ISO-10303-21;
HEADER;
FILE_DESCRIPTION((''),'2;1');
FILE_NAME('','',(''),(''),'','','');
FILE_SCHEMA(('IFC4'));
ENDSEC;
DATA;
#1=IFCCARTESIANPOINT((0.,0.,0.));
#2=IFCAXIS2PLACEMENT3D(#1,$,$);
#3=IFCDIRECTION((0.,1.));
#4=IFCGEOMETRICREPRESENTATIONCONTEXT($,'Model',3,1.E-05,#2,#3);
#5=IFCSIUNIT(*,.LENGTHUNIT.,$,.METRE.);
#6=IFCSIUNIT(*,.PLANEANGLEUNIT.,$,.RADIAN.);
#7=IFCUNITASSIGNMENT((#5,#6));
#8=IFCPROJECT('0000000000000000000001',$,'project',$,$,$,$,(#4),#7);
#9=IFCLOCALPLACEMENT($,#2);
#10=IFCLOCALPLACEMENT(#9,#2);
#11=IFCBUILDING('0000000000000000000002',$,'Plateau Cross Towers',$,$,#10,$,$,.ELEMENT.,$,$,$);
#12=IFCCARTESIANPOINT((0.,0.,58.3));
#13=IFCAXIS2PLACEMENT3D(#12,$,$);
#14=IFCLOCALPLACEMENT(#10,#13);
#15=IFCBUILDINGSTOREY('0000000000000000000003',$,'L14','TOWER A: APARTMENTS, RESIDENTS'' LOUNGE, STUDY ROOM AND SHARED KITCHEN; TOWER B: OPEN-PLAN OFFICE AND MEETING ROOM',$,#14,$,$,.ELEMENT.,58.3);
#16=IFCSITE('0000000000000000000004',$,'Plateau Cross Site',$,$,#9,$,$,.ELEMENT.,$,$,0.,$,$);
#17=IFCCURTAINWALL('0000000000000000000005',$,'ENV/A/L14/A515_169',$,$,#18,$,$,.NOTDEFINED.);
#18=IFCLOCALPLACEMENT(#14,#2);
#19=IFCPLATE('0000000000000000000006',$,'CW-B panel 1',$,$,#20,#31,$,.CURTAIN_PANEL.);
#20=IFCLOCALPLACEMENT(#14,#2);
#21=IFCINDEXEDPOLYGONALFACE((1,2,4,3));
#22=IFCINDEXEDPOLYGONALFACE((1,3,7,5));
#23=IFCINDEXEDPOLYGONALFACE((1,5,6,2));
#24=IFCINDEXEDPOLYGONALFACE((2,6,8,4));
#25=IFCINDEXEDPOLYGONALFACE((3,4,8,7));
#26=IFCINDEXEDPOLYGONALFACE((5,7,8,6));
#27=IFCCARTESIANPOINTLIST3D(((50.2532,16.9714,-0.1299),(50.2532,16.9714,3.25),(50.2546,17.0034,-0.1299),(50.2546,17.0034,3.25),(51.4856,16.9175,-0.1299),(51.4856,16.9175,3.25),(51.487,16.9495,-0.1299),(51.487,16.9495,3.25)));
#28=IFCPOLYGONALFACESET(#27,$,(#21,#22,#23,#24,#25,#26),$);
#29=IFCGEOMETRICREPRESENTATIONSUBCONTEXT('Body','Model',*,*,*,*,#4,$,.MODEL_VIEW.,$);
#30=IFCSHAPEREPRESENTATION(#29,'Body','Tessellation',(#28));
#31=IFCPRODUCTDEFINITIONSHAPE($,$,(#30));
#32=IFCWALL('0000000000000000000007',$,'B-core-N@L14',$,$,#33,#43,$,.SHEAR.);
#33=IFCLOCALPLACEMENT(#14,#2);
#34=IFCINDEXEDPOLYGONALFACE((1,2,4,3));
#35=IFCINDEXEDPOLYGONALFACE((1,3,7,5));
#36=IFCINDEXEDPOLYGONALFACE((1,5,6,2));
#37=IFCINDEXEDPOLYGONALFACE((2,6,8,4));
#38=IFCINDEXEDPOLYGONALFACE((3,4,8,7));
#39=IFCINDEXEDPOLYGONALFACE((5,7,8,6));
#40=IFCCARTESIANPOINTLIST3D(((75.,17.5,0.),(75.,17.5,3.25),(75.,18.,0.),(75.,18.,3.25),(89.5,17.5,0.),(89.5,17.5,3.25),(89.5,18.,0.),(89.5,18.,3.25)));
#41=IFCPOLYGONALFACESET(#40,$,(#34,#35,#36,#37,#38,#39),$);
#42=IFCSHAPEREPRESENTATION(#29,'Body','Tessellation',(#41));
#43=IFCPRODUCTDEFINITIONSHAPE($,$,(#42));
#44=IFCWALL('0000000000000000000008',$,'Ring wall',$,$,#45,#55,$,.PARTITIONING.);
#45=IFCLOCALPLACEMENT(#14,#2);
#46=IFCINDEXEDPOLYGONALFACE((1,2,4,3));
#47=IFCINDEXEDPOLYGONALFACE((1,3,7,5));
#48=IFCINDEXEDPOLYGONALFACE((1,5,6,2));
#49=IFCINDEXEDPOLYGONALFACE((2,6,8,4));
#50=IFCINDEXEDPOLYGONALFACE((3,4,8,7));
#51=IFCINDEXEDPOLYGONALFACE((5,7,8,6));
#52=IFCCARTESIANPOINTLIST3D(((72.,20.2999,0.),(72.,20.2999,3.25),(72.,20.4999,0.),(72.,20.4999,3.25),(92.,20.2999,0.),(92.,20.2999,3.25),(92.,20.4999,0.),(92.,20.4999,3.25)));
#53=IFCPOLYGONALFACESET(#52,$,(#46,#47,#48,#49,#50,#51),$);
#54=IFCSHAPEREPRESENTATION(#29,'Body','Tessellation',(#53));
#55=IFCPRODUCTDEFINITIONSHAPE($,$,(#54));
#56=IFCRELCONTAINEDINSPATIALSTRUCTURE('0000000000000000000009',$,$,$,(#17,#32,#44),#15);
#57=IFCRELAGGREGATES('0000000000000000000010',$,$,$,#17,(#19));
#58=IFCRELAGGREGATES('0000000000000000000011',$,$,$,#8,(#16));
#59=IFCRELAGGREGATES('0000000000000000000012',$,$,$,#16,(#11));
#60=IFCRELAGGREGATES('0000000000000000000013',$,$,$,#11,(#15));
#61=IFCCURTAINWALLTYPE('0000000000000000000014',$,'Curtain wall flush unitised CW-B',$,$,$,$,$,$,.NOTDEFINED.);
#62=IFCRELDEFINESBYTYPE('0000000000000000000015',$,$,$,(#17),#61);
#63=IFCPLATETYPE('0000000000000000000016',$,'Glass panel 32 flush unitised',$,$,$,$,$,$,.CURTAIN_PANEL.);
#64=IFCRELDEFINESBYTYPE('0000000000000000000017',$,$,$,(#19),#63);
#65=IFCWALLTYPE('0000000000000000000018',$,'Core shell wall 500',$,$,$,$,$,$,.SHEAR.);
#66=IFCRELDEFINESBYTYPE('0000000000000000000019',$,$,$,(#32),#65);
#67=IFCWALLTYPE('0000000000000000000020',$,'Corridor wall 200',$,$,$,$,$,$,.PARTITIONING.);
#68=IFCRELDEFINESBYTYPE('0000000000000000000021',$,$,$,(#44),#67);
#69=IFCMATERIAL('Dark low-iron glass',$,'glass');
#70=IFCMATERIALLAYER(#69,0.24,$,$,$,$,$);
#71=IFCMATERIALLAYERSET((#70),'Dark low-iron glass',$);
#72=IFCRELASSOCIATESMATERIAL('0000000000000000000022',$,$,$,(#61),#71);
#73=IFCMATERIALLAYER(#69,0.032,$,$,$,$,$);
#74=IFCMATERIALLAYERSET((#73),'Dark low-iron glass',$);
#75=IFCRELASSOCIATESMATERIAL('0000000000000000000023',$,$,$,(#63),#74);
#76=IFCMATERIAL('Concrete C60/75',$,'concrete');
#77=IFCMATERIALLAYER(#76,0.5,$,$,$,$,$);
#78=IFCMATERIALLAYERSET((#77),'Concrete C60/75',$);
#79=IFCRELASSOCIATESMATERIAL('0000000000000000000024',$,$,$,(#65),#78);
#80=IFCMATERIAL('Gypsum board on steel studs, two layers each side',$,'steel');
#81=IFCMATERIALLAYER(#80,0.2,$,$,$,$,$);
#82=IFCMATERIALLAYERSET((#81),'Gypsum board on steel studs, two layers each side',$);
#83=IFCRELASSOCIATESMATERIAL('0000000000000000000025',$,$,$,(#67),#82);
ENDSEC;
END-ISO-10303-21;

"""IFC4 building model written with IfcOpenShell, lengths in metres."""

from ifc_helpers import new_model, si_unit, direction, frame, frame_2d, origin, origin_2d, place, context, subcontext, project, spatial, rectangle, extrude, material, layer, layer_set, type_object, element, aggregate, save


model = new_model("IFC4")

# Units and contexts
model_context = context("Model", 3, precision=1e-05, world=origin(), true_north=direction((0.0, 1.0)))
body_context = subcontext(model_context, "Body", "Model", "MODEL_VIEW")
ifc_project = project(units=[si_unit("LENGTHUNIT", "METRE"), si_unit("PLANEANGLEUNIT", "RADIAN")], contexts=[model_context])

# Site, building, storey
site_placement = place(None, origin())
site = spatial("IfcSite", under=ifc_project, at=site_placement, Name="Plateau Cross Site", CompositionType="ELEMENT", RefElevation=0.0)
building_placement = place(site_placement, origin())
building = spatial("IfcBuilding", under=site, at=building_placement, Name="Plateau Cross Towers", CompositionType="ELEMENT")
storey_placement = place(building_placement, frame((0.0, 0.0, 58.3)))
storey = spatial("IfcBuildingStorey", under=building, at=storey_placement, Name="L14", Description="TOWER A: APARTMENTS, RESIDENTS' LOUNGE, STUDY ROOM AND SHARED KITCHEN; TOWER B: OPEN-PLAN OFFICE AND MEETING ROOM", CompositionType="ELEMENT", Elevation=58.3)

# Shared definitions
ifc_material_1 = material(Name="Concrete C60/75", Category="concrete")

# Shared definitions
ifc_material_2 = material(Name="Dark low-iron glass", Category="glass")
ifc_layer_1 = layer(ifc_material_2, 0.24)
ifc_layer_set_1 = layer_set([ifc_layer_1], Name="Dark low-iron glass")
curtain_wall_type_1 = type_object("IfcCurtainWallType", Name="Curtain wall flush unitised CW-B", PredefinedType="NOTDEFINED", material=ifc_layer_set_1)

# Curtain wall
curtain_wall_1_placement = place(storey_placement, origin())
curtain_wall_1 = element("IfcCurtainWall", 1, at=curtain_wall_1_placement, inside=storey, type_object=curtain_wall_type_1, Name="ENV/A/L14/A515_169", PredefinedType="NOTDEFINED")

# Shared definitions
ifc_layer_2 = layer(ifc_material_2, 0.032)
ifc_layer_set_2 = layer_set([ifc_layer_2], Name="Dark low-iron glass")
plate_type_1 = type_object("IfcPlateType", Name="Glass panel 32 flush unitised", PredefinedType="CURTAIN_PANEL", material=ifc_layer_set_2)

# Plate
plate_1_placement = place(storey_placement, frame((50.8701, 16.9604, -0.1299), z_axis=(0.0, 0.0, 1.0), x_axis=(-0.999044, 0.043723, 0.0)))
plate_1 = element("IfcPlate", 2, at=plate_1_placement, type_object=plate_type_1, Name="CW-B panel 1", PredefinedType="CURTAIN_PANEL", context=body_context, shape_type="SweptSolid", body=[
    extrude(rectangle(XDim=1.2336, YDim=0.032, at=origin_2d()), origin(), (0.0, 0.0, 1.0), 3.3799),
])
aggregate(curtain_wall_1, [plate_1])

# Walls
ifc_layer_3 = layer(ifc_material_1, 0.5)
ifc_layer_set_3 = layer_set([ifc_layer_3], Name="Concrete C60/75")
wall_type_1 = type_object("IfcWallType", Name="Core shell wall 500", PredefinedType="SHEAR", material=ifc_layer_set_3)
wall_1_placement = place(storey_placement, frame((75.0, 17.75, 0.0), z_axis=(0.0, 0.0, 1.0), x_axis=(1.0, 0.0, 0.0)))
element("IfcWall", 3, at=wall_1_placement, inside=storey, type_object=wall_type_1, Name="B-core-N@L14", PredefinedType="SHEAR", context=body_context, shape_type="SweptSolid", body=[
    extrude(rectangle(XDim=14.5, YDim=0.5, at=frame_2d((7.25, 0.0))), origin(), (0.0, 0.0, 1.0), 3.25),
])
ifc_material_3 = material(Name="Gypsum board on steel studs, two layers each side", Category="steel")
ifc_layer_4 = layer(ifc_material_3, 0.2)
ifc_layer_set_4 = layer_set([ifc_layer_4], Name="Gypsum board on steel studs, two layers each side")
wall_type_2 = type_object("IfcWallType", Name="Corridor wall 200", PredefinedType="PARTITIONING", material=ifc_layer_set_4)
wall_2_placement = place(storey_placement, frame((72.0, 20.3999, 0.0), z_axis=(0.0, 0.0, 1.0), x_axis=(1.0, 0.0, 0.0)))
element("IfcWall", 4, at=wall_2_placement, inside=storey, type_object=wall_type_2, Name="Ring wall", PredefinedType="PARTITIONING", context=body_context, shape_type="SweptSolid", body=[
    extrude(rectangle(XDim=20.0, YDim=0.2, at=frame_2d((10.0, 0.0))), origin(), (0.0, 0.0, 1.0), 3.25),
])

save(model, "model.ifc")
